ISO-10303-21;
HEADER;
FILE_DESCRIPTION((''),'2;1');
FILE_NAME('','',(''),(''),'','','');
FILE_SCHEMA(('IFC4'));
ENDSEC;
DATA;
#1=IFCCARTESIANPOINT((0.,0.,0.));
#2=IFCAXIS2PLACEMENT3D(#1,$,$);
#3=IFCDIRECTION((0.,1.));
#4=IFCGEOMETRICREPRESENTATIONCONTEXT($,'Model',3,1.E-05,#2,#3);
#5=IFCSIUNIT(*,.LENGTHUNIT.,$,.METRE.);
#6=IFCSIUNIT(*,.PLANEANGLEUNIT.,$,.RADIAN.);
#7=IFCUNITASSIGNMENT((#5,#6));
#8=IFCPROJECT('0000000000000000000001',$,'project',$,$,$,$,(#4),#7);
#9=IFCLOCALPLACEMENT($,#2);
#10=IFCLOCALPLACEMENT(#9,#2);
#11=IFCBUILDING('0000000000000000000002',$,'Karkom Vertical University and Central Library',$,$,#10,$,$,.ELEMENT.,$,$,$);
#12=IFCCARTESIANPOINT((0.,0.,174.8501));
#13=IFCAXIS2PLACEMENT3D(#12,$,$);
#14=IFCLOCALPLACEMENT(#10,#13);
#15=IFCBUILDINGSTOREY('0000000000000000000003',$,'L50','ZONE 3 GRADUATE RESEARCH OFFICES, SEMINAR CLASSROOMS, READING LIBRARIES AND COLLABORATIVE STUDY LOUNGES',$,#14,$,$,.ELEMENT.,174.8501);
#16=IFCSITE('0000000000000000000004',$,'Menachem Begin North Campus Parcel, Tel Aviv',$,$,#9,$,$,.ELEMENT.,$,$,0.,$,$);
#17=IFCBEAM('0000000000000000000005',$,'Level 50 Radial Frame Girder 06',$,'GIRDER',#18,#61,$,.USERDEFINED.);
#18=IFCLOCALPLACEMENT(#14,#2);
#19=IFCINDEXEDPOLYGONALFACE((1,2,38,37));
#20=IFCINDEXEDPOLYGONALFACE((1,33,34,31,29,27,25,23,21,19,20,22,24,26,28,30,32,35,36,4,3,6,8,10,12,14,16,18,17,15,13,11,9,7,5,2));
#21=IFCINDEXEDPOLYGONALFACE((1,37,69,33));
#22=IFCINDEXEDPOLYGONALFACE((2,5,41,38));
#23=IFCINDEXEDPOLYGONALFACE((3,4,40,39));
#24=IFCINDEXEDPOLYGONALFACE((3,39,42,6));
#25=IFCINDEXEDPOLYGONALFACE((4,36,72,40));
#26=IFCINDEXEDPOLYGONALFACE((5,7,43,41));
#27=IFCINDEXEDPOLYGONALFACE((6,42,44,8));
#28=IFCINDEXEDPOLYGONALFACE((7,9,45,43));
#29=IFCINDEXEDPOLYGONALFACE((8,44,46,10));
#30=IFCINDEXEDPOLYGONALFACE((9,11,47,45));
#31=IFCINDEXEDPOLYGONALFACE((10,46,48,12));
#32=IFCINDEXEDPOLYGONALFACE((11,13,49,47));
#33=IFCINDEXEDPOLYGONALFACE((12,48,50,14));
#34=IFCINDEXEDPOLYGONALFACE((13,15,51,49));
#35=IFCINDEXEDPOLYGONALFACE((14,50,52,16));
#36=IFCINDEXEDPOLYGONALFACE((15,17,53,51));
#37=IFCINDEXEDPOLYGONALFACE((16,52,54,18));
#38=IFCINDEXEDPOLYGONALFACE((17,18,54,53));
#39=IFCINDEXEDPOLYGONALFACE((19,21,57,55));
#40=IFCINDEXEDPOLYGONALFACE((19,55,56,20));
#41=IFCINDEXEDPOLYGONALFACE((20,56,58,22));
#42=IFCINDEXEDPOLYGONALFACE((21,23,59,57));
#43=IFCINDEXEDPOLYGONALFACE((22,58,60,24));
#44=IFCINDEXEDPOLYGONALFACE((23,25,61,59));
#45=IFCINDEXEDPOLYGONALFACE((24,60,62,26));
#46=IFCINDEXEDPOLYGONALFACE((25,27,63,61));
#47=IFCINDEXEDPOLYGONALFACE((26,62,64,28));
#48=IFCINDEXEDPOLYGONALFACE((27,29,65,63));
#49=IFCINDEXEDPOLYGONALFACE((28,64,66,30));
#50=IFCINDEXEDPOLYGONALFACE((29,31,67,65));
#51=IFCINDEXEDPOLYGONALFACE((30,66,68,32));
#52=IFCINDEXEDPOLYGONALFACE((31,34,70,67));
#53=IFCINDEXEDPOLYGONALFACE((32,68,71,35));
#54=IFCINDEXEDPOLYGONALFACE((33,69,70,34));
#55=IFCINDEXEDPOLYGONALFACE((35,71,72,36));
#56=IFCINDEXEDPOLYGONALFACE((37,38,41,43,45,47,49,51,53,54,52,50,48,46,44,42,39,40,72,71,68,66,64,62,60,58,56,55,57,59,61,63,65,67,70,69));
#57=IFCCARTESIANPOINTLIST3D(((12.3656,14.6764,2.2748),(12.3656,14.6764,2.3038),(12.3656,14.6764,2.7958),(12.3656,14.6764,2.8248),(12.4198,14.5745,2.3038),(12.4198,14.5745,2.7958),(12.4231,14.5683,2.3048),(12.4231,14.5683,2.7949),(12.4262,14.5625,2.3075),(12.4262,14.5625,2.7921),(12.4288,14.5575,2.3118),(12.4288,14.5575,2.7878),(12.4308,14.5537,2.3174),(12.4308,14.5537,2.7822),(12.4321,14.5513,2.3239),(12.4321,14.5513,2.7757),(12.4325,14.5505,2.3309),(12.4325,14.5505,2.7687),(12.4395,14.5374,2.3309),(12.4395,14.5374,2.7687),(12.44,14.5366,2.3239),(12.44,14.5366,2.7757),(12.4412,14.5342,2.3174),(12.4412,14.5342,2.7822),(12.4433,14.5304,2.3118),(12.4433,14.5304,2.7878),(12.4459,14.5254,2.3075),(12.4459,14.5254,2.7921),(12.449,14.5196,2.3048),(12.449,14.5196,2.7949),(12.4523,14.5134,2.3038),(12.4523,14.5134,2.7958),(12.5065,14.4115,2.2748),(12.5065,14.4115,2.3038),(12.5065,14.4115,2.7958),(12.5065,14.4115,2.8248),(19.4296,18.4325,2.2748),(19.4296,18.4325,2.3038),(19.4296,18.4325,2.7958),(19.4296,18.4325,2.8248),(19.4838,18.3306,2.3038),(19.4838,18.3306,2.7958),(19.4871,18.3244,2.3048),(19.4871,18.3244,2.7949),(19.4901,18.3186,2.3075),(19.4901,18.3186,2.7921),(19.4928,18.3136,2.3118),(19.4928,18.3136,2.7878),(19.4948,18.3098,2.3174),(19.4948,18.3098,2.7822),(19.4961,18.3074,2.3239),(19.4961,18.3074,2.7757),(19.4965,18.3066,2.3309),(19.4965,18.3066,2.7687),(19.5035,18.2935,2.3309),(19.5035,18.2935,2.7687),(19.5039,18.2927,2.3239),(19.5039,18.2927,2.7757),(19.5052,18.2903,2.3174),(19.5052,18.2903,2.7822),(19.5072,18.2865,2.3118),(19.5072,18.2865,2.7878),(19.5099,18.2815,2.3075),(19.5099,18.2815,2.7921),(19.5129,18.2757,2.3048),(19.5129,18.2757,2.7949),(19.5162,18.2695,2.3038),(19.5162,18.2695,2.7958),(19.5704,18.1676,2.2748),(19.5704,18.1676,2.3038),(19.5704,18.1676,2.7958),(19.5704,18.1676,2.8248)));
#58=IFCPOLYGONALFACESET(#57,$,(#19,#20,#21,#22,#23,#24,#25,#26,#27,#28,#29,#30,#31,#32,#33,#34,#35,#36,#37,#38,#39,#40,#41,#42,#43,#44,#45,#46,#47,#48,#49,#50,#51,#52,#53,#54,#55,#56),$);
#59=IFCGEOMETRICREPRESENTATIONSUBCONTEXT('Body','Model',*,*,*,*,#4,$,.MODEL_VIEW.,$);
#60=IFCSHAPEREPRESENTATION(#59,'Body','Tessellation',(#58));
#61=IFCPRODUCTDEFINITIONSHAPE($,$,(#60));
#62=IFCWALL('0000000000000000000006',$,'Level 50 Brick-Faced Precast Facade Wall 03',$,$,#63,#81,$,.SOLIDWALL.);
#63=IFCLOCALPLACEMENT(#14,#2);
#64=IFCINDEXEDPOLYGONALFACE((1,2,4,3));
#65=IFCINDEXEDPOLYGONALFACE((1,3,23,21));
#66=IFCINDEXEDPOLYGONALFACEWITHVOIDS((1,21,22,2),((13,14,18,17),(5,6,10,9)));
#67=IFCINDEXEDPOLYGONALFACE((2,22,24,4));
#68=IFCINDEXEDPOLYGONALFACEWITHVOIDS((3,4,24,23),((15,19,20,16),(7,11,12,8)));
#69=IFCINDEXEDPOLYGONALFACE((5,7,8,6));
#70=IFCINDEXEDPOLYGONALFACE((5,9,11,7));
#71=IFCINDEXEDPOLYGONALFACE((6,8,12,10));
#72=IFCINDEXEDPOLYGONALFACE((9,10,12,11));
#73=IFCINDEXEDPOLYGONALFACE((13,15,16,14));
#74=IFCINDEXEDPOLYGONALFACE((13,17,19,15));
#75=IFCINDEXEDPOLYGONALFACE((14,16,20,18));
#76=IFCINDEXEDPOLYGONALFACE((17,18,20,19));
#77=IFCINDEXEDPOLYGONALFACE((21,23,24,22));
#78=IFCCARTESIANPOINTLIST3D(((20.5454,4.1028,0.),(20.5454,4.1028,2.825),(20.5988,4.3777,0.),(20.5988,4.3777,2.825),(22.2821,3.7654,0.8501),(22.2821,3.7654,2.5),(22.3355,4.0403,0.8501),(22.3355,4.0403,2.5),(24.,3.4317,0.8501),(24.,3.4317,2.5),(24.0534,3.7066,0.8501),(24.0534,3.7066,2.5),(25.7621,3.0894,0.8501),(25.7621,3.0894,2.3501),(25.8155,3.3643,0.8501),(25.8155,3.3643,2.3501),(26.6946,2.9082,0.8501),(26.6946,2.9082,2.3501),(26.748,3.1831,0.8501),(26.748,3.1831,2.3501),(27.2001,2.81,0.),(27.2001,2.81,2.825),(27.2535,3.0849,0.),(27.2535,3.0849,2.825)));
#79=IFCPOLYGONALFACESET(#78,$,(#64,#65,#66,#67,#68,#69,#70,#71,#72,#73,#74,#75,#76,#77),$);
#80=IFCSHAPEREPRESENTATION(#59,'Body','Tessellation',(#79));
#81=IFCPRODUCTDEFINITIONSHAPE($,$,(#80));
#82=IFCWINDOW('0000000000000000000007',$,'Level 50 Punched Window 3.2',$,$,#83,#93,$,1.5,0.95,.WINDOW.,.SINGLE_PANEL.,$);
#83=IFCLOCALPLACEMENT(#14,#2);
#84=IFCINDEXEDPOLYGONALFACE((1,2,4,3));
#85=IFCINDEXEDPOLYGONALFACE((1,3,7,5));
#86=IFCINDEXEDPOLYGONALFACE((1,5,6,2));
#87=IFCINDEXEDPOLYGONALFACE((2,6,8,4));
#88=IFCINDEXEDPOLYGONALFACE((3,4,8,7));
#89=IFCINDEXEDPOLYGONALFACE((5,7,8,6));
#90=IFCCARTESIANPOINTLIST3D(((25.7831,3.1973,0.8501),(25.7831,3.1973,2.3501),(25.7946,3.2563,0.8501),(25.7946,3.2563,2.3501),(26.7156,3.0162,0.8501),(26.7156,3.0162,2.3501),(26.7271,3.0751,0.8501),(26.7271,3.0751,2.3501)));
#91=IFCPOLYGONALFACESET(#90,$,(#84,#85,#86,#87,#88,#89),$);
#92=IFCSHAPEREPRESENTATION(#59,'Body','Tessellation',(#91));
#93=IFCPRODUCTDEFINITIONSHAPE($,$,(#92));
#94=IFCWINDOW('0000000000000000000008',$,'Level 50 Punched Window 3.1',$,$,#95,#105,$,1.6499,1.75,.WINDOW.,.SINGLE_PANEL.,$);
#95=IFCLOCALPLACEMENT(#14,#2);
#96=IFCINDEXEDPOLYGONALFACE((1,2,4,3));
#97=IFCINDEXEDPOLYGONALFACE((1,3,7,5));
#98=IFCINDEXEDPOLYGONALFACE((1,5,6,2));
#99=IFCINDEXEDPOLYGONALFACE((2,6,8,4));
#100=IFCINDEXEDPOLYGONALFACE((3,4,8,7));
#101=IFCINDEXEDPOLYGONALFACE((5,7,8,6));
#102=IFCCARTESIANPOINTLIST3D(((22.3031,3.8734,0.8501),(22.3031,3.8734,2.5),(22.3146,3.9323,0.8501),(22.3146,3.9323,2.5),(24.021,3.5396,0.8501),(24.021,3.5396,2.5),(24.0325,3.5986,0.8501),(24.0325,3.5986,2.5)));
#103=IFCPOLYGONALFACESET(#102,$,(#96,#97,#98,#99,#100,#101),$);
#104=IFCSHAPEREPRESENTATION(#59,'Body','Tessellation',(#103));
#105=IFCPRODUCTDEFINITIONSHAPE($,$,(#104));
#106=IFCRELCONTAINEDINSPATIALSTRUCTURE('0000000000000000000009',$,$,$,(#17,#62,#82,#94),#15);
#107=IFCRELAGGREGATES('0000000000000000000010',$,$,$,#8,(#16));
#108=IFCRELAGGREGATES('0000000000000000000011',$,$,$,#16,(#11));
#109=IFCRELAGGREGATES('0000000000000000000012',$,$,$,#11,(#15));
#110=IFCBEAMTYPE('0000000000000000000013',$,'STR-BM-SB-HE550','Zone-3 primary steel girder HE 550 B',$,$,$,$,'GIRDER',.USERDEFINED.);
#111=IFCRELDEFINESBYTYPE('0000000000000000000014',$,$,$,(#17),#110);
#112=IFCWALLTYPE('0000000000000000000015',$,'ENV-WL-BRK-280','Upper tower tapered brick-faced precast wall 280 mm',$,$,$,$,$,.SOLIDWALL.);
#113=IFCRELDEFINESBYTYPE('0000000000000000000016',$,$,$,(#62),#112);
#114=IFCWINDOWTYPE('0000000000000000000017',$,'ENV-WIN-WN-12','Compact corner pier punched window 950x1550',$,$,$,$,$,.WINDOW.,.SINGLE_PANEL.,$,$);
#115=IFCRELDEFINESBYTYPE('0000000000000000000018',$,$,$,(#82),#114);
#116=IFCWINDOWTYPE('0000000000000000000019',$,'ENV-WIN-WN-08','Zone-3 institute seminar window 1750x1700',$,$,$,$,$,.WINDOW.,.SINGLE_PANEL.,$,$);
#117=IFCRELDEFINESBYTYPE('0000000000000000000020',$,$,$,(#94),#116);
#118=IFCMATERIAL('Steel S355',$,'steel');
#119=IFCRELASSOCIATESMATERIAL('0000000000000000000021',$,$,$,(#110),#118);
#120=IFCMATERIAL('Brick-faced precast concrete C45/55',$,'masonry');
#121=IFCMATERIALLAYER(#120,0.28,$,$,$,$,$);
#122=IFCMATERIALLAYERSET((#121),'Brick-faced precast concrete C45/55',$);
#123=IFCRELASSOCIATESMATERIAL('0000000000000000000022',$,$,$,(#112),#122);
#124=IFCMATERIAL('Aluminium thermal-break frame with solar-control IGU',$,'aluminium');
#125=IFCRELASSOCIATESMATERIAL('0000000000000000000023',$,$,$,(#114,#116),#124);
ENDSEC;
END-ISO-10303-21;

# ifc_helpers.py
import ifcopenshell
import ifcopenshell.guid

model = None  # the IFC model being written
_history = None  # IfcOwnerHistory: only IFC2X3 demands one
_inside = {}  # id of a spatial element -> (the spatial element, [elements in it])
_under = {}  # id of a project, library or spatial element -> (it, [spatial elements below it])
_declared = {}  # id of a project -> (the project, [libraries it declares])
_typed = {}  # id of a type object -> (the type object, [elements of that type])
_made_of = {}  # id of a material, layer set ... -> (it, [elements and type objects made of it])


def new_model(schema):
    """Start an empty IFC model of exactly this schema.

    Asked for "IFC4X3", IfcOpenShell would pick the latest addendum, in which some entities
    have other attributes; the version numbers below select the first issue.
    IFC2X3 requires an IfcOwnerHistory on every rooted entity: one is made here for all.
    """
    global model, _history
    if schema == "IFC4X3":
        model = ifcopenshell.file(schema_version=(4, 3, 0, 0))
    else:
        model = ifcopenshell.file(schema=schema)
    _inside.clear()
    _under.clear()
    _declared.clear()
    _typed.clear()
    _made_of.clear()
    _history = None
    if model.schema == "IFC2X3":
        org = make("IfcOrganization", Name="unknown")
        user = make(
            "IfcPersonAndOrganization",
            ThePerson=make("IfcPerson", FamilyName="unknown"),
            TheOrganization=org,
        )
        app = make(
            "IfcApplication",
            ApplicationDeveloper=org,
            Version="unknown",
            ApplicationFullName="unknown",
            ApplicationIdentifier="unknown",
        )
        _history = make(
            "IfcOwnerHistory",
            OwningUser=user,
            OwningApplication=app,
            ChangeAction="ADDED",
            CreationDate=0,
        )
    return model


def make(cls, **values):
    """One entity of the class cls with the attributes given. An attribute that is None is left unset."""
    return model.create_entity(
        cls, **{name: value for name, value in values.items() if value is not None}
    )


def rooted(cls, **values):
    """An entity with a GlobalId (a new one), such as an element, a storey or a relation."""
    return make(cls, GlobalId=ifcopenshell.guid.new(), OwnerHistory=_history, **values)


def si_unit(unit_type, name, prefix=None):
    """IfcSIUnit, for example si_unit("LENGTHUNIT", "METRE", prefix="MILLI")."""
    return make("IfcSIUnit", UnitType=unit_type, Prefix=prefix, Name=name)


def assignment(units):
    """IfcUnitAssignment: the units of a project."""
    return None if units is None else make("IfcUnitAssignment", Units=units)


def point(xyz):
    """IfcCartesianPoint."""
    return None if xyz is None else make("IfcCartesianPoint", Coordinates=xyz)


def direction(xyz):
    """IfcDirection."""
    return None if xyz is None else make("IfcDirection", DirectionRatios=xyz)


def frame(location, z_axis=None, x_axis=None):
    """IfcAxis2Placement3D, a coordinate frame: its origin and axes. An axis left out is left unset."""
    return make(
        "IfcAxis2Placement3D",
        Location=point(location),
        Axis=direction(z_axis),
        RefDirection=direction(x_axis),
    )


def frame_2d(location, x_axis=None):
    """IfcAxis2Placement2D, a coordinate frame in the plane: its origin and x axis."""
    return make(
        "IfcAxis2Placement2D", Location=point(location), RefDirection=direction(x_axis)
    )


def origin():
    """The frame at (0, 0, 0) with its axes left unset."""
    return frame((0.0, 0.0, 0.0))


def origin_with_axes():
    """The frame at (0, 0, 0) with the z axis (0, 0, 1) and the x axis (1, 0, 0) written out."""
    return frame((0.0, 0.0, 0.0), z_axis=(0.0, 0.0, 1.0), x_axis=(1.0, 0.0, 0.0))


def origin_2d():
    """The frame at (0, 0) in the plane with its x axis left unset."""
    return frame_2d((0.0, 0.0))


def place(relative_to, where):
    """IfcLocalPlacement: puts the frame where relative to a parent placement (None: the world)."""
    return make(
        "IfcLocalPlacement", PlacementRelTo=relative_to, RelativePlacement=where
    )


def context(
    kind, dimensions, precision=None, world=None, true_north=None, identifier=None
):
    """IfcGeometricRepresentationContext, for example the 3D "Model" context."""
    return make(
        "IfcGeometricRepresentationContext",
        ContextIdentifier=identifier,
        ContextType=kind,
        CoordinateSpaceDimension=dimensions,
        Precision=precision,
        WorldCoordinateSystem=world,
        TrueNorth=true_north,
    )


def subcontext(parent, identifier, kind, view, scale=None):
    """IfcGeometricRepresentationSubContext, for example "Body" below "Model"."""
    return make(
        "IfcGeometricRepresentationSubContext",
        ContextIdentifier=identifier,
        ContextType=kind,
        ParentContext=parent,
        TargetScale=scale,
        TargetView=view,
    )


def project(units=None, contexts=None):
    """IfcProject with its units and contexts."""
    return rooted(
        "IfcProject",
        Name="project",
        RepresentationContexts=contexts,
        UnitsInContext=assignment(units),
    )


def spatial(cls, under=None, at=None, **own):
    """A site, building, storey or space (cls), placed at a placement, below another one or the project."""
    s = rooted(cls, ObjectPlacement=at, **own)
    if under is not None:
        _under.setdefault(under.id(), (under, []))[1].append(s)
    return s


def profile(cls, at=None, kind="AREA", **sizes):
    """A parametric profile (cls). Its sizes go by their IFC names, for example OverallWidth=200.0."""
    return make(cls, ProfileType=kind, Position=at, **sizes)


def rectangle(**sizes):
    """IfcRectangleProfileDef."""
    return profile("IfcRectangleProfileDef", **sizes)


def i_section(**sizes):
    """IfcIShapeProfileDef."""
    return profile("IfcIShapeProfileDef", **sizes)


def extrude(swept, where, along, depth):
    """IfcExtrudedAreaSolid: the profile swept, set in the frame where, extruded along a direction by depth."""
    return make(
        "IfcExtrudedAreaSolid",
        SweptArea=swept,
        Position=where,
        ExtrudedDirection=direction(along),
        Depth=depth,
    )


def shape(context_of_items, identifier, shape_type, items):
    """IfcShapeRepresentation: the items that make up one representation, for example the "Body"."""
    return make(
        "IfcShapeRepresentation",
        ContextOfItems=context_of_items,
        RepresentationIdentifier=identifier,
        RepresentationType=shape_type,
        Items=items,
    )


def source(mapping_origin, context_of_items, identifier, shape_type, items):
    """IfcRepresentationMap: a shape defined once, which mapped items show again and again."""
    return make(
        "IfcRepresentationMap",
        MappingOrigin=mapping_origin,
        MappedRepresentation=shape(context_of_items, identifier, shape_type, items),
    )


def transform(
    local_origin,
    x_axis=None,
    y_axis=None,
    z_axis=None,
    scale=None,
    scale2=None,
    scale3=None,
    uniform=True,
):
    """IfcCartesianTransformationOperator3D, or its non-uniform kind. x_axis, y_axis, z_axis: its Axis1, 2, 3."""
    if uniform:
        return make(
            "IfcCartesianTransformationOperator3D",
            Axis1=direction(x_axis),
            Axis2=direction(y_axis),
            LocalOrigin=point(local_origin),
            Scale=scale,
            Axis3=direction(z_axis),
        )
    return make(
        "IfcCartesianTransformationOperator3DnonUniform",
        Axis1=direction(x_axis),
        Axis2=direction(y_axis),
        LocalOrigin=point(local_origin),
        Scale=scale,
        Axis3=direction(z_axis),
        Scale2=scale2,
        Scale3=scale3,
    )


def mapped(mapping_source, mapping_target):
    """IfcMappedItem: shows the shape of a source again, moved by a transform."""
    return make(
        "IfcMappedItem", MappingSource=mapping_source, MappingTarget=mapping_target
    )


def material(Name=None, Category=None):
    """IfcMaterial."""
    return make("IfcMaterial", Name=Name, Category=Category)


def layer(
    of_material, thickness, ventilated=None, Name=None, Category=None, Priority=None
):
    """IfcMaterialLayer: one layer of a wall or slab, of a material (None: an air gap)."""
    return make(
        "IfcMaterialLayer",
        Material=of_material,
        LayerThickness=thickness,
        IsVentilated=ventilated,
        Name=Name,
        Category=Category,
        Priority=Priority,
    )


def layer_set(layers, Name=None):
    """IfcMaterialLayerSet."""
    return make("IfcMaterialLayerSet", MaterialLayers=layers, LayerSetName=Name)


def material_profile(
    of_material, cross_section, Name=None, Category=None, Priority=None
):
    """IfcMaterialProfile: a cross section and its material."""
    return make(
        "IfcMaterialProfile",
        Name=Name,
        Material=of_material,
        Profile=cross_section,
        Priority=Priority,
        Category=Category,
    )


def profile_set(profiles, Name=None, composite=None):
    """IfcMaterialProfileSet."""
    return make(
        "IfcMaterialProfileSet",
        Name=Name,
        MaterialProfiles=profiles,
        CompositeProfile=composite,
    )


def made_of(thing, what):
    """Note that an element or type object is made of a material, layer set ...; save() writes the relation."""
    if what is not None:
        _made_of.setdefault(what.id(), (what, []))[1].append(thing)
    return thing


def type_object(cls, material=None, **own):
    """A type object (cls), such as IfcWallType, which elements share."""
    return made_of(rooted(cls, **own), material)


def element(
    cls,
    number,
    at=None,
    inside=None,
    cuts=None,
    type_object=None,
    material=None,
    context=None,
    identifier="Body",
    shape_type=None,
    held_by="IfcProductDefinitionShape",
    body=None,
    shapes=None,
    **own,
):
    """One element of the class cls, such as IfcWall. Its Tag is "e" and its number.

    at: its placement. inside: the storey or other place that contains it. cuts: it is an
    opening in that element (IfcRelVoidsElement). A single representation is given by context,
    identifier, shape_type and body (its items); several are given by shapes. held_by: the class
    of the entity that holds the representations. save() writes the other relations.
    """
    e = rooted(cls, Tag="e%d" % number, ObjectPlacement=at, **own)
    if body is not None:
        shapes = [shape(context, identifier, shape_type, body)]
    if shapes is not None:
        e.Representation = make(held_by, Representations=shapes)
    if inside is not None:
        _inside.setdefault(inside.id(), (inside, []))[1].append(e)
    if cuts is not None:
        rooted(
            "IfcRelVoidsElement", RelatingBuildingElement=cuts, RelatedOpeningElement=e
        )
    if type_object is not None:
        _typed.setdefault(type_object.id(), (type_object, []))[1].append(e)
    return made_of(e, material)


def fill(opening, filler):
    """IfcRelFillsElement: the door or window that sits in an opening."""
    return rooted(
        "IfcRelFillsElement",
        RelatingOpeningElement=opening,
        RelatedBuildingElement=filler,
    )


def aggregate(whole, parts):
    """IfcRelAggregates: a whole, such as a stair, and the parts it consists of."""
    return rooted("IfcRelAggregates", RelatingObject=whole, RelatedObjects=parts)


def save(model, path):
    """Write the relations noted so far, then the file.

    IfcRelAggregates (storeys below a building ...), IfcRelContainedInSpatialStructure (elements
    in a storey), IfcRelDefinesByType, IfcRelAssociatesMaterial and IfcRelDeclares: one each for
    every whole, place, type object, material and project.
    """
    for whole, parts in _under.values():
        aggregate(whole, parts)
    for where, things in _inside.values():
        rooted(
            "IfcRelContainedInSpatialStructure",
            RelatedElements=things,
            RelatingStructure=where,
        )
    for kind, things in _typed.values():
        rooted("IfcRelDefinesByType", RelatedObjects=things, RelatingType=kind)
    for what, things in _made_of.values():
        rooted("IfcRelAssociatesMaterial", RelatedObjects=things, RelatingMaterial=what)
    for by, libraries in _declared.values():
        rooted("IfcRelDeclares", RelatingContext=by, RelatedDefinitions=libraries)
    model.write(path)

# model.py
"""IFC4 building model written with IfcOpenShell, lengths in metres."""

from ifc_helpers import new_model, si_unit, direction, frame, frame_2d, origin, origin_with_axes, origin_2d, place, context, subcontext, project, spatial, rectangle, i_section, extrude, source, transform, mapped, material, layer, layer_set, material_profile, profile_set, type_object, element, fill, save


model = new_model("IFC4")

# Units and contexts
model_context = context("Model", 3, precision=1e-05, world=origin(), true_north=direction((0.0, 1.0)))
body_context = subcontext(model_context, "Body", "Model", "MODEL_VIEW")
ifc_project = project(units=[si_unit("LENGTHUNIT", "METRE"), si_unit("PLANEANGLEUNIT", "RADIAN")], contexts=[model_context])

# Site, building, storey
site_placement = place(None, origin())
site = spatial("IfcSite", under=ifc_project, at=site_placement, Name="Menachem Begin North Campus Parcel, Tel Aviv", CompositionType="ELEMENT", RefElevation=0.0)
building_placement = place(site_placement, origin())
building = spatial("IfcBuilding", under=site, at=building_placement, Name="Karkom Vertical University and Central Library", CompositionType="ELEMENT")
storey_placement = place(building_placement, frame((0.0, 0.0, 174.8501)))
storey = spatial("IfcBuildingStorey", under=building, at=storey_placement, Name="L50", Description="ZONE 3 GRADUATE RESEARCH OFFICES, SEMINAR CLASSROOMS, READING LIBRARIES AND COLLABORATIVE STUDY LOUNGES", CompositionType="ELEMENT", Elevation=174.8501)

# Beam
ifc_material_1 = material(Name="Steel S355", Category="steel")
ifc_material_profile_1 = material_profile(ifc_material_1, i_section(OverallWidth=0.3, OverallDepth=0.55, WebThickness=0.0149, FlangeThickness=0.0291, FilletRadius=0.0271, at=origin_2d()), Name="HE 550 B")
ifc_profile_set_1 = profile_set([ifc_material_profile_1], Name="Steel S355")
beam_type_1 = type_object("IfcBeamType", Name="STR-BM-SB-HE550", Description="Zone-3 primary steel girder HE 550 B", ElementType="GIRDER", PredefinedType="USERDEFINED", material=ifc_profile_set_1)
shared_shape_1 = source(origin_with_axes(), body_context, "Body", "SweptSolid", [
    extrude(i_section(OverallWidth=0.3, OverallDepth=0.55, WebThickness=0.0149, FlangeThickness=0.0291, FilletRadius=0.0271, at=origin_2d()), origin(), (0.0, 0.0, 1.0), 8.0005),
])
beam_1_placement = place(storey_placement, frame((19.5, 18.3, 2.5498), z_axis=(-0.882941, -0.469484, 0.0), x_axis=(0.469484, -0.882941, 0.0)))
element("IfcBeam", 1, at=beam_1_placement, inside=storey, type_object=beam_type_1, Name="Level 50 Radial Frame Girder 06", ObjectType="GIRDER", PredefinedType="USERDEFINED", context=body_context, shape_type="MappedRepresentation", body=[
    mapped(shared_shape_1, transform((0.0, 0.0, 0.0), scale=1.0)),
])

# Wall, openings, windows
ifc_material_2 = material(Name="Brick-faced precast concrete C45/55", Category="masonry")
ifc_layer_1 = layer(ifc_material_2, 0.28)
ifc_layer_set_1 = layer_set([ifc_layer_1], Name="Brick-faced precast concrete C45/55")
wall_type_1 = type_object("IfcWallType", Name="ENV-WL-BRK-280", Description="Upper tower tapered brick-faced precast wall 280 mm", PredefinedType="SOLIDWALL", material=ifc_layer_set_1)
wall_1_placement = place(storey_placement, frame((20.572, 4.2402, 0.0), z_axis=(0.0, 0.0, 1.0), x_axis=(0.981649, -0.190697, 0.0)))
wall_1 = element("IfcWall", 2, at=wall_1_placement, inside=storey, type_object=wall_type_1, Name="Level 50 Brick-Faced Precast Facade Wall 03", PredefinedType="SOLIDWALL", context=body_context, shape_type="SweptSolid", body=[
    extrude(rectangle(XDim=6.7791, YDim=0.28, at=frame_2d((3.3896, 0.0))), origin(), (0.0, 0.0, 1.0), 2.825),
])
opening_1_placement = place(wall_1_placement, frame((1.7693, 0.0, 0.8501)))
opening_1 = element("IfcOpeningElement", 3, at=opening_1_placement, cuts=wall_1, PredefinedType="OPENING", context=body_context, shape_type="SweptSolid", body=[
    extrude(rectangle(XDim=1.75, YDim=1.6499, at=frame_2d((0.875, 0.825))), frame((0.0, 0.1499, 0.0), z_axis=(0.0, -1.0, 0.0), x_axis=(1.0, 0.0, 0.0)), (0.0, 0.0, 1.0), 0.3),
])
opening_2_placement = place(wall_1_placement, frame((5.3142, 0.0, 0.8501)))
opening_2 = element("IfcOpeningElement", 4, at=opening_2_placement, cuts=wall_1, PredefinedType="OPENING", context=body_context, shape_type="SweptSolid", body=[
    extrude(rectangle(XDim=0.95, YDim=1.5, at=frame_2d((0.4751, 0.75))), frame((0.0, 0.1499, 0.0), z_axis=(0.0, -1.0, 0.0), x_axis=(1.0, 0.0, 0.0)), (0.0, 0.0, 1.0), 0.3),
])
ifc_material_3 = material(Name="Aluminium thermal-break frame with solar-control IGU", Category="aluminium")
window_type_1 = type_object("IfcWindowType", Name="ENV-WIN-WN-12", Description="Compact corner pier punched window 950x1550", PartitioningType="SINGLE_PANEL", PredefinedType="WINDOW", material=ifc_material_3)
shared_shape_2 = source(origin_with_axes(), body_context, "Body", "SweptSolid", [
    extrude(rectangle(XDim=0.95, YDim=1.5, at=frame_2d((0.4751, 0.75))), frame((0.0, 0.03, 0.0), z_axis=(0.0, -1.0, 0.0), x_axis=(1.0, 0.0, 0.0)), (0.0, 0.0, 1.0), 0.0601),
])
window_1_placement = place(opening_2_placement, origin())
window_1 = element("IfcWindow", 5, at=window_1_placement, inside=storey, type_object=window_type_1, Name="Level 50 Punched Window 3.2", OverallHeight=1.5, OverallWidth=0.95, PartitioningType="SINGLE_PANEL", PredefinedType="WINDOW", context=body_context, shape_type="MappedRepresentation", body=[
    mapped(shared_shape_2, transform((0.0, 0.0, 0.0), scale=1.0)),
])
fill(opening_2, window_1)
window_type_2 = type_object("IfcWindowType", Name="ENV-WIN-WN-08", Description="Zone-3 institute seminar window 1750x1700", PartitioningType="SINGLE_PANEL", PredefinedType="WINDOW", material=ifc_material_3)
shared_shape_3 = source(origin_with_axes(), body_context, "Body", "SweptSolid", [
    extrude(rectangle(XDim=1.75, YDim=1.6499, at=frame_2d((0.875, 0.825))), frame((0.0, 0.03, 0.0), z_axis=(0.0, -1.0, 0.0), x_axis=(1.0, 0.0, 0.0)), (0.0, 0.0, 1.0), 0.0601),
])
window_2_placement = place(opening_1_placement, origin())
window_2 = element("IfcWindow", 6, at=window_2_placement, inside=storey, type_object=window_type_2, Name="Level 50 Punched Window 3.1", OverallHeight=1.6499, OverallWidth=1.75, PartitioningType="SINGLE_PANEL", PredefinedType="WINDOW", context=body_context, shape_type="MappedRepresentation", body=[
    mapped(shared_shape_3, transform((0.0, 0.0, 0.0), scale=1.0)),
])
fill(opening_1, window_2)

save(model, "model.ifc")
